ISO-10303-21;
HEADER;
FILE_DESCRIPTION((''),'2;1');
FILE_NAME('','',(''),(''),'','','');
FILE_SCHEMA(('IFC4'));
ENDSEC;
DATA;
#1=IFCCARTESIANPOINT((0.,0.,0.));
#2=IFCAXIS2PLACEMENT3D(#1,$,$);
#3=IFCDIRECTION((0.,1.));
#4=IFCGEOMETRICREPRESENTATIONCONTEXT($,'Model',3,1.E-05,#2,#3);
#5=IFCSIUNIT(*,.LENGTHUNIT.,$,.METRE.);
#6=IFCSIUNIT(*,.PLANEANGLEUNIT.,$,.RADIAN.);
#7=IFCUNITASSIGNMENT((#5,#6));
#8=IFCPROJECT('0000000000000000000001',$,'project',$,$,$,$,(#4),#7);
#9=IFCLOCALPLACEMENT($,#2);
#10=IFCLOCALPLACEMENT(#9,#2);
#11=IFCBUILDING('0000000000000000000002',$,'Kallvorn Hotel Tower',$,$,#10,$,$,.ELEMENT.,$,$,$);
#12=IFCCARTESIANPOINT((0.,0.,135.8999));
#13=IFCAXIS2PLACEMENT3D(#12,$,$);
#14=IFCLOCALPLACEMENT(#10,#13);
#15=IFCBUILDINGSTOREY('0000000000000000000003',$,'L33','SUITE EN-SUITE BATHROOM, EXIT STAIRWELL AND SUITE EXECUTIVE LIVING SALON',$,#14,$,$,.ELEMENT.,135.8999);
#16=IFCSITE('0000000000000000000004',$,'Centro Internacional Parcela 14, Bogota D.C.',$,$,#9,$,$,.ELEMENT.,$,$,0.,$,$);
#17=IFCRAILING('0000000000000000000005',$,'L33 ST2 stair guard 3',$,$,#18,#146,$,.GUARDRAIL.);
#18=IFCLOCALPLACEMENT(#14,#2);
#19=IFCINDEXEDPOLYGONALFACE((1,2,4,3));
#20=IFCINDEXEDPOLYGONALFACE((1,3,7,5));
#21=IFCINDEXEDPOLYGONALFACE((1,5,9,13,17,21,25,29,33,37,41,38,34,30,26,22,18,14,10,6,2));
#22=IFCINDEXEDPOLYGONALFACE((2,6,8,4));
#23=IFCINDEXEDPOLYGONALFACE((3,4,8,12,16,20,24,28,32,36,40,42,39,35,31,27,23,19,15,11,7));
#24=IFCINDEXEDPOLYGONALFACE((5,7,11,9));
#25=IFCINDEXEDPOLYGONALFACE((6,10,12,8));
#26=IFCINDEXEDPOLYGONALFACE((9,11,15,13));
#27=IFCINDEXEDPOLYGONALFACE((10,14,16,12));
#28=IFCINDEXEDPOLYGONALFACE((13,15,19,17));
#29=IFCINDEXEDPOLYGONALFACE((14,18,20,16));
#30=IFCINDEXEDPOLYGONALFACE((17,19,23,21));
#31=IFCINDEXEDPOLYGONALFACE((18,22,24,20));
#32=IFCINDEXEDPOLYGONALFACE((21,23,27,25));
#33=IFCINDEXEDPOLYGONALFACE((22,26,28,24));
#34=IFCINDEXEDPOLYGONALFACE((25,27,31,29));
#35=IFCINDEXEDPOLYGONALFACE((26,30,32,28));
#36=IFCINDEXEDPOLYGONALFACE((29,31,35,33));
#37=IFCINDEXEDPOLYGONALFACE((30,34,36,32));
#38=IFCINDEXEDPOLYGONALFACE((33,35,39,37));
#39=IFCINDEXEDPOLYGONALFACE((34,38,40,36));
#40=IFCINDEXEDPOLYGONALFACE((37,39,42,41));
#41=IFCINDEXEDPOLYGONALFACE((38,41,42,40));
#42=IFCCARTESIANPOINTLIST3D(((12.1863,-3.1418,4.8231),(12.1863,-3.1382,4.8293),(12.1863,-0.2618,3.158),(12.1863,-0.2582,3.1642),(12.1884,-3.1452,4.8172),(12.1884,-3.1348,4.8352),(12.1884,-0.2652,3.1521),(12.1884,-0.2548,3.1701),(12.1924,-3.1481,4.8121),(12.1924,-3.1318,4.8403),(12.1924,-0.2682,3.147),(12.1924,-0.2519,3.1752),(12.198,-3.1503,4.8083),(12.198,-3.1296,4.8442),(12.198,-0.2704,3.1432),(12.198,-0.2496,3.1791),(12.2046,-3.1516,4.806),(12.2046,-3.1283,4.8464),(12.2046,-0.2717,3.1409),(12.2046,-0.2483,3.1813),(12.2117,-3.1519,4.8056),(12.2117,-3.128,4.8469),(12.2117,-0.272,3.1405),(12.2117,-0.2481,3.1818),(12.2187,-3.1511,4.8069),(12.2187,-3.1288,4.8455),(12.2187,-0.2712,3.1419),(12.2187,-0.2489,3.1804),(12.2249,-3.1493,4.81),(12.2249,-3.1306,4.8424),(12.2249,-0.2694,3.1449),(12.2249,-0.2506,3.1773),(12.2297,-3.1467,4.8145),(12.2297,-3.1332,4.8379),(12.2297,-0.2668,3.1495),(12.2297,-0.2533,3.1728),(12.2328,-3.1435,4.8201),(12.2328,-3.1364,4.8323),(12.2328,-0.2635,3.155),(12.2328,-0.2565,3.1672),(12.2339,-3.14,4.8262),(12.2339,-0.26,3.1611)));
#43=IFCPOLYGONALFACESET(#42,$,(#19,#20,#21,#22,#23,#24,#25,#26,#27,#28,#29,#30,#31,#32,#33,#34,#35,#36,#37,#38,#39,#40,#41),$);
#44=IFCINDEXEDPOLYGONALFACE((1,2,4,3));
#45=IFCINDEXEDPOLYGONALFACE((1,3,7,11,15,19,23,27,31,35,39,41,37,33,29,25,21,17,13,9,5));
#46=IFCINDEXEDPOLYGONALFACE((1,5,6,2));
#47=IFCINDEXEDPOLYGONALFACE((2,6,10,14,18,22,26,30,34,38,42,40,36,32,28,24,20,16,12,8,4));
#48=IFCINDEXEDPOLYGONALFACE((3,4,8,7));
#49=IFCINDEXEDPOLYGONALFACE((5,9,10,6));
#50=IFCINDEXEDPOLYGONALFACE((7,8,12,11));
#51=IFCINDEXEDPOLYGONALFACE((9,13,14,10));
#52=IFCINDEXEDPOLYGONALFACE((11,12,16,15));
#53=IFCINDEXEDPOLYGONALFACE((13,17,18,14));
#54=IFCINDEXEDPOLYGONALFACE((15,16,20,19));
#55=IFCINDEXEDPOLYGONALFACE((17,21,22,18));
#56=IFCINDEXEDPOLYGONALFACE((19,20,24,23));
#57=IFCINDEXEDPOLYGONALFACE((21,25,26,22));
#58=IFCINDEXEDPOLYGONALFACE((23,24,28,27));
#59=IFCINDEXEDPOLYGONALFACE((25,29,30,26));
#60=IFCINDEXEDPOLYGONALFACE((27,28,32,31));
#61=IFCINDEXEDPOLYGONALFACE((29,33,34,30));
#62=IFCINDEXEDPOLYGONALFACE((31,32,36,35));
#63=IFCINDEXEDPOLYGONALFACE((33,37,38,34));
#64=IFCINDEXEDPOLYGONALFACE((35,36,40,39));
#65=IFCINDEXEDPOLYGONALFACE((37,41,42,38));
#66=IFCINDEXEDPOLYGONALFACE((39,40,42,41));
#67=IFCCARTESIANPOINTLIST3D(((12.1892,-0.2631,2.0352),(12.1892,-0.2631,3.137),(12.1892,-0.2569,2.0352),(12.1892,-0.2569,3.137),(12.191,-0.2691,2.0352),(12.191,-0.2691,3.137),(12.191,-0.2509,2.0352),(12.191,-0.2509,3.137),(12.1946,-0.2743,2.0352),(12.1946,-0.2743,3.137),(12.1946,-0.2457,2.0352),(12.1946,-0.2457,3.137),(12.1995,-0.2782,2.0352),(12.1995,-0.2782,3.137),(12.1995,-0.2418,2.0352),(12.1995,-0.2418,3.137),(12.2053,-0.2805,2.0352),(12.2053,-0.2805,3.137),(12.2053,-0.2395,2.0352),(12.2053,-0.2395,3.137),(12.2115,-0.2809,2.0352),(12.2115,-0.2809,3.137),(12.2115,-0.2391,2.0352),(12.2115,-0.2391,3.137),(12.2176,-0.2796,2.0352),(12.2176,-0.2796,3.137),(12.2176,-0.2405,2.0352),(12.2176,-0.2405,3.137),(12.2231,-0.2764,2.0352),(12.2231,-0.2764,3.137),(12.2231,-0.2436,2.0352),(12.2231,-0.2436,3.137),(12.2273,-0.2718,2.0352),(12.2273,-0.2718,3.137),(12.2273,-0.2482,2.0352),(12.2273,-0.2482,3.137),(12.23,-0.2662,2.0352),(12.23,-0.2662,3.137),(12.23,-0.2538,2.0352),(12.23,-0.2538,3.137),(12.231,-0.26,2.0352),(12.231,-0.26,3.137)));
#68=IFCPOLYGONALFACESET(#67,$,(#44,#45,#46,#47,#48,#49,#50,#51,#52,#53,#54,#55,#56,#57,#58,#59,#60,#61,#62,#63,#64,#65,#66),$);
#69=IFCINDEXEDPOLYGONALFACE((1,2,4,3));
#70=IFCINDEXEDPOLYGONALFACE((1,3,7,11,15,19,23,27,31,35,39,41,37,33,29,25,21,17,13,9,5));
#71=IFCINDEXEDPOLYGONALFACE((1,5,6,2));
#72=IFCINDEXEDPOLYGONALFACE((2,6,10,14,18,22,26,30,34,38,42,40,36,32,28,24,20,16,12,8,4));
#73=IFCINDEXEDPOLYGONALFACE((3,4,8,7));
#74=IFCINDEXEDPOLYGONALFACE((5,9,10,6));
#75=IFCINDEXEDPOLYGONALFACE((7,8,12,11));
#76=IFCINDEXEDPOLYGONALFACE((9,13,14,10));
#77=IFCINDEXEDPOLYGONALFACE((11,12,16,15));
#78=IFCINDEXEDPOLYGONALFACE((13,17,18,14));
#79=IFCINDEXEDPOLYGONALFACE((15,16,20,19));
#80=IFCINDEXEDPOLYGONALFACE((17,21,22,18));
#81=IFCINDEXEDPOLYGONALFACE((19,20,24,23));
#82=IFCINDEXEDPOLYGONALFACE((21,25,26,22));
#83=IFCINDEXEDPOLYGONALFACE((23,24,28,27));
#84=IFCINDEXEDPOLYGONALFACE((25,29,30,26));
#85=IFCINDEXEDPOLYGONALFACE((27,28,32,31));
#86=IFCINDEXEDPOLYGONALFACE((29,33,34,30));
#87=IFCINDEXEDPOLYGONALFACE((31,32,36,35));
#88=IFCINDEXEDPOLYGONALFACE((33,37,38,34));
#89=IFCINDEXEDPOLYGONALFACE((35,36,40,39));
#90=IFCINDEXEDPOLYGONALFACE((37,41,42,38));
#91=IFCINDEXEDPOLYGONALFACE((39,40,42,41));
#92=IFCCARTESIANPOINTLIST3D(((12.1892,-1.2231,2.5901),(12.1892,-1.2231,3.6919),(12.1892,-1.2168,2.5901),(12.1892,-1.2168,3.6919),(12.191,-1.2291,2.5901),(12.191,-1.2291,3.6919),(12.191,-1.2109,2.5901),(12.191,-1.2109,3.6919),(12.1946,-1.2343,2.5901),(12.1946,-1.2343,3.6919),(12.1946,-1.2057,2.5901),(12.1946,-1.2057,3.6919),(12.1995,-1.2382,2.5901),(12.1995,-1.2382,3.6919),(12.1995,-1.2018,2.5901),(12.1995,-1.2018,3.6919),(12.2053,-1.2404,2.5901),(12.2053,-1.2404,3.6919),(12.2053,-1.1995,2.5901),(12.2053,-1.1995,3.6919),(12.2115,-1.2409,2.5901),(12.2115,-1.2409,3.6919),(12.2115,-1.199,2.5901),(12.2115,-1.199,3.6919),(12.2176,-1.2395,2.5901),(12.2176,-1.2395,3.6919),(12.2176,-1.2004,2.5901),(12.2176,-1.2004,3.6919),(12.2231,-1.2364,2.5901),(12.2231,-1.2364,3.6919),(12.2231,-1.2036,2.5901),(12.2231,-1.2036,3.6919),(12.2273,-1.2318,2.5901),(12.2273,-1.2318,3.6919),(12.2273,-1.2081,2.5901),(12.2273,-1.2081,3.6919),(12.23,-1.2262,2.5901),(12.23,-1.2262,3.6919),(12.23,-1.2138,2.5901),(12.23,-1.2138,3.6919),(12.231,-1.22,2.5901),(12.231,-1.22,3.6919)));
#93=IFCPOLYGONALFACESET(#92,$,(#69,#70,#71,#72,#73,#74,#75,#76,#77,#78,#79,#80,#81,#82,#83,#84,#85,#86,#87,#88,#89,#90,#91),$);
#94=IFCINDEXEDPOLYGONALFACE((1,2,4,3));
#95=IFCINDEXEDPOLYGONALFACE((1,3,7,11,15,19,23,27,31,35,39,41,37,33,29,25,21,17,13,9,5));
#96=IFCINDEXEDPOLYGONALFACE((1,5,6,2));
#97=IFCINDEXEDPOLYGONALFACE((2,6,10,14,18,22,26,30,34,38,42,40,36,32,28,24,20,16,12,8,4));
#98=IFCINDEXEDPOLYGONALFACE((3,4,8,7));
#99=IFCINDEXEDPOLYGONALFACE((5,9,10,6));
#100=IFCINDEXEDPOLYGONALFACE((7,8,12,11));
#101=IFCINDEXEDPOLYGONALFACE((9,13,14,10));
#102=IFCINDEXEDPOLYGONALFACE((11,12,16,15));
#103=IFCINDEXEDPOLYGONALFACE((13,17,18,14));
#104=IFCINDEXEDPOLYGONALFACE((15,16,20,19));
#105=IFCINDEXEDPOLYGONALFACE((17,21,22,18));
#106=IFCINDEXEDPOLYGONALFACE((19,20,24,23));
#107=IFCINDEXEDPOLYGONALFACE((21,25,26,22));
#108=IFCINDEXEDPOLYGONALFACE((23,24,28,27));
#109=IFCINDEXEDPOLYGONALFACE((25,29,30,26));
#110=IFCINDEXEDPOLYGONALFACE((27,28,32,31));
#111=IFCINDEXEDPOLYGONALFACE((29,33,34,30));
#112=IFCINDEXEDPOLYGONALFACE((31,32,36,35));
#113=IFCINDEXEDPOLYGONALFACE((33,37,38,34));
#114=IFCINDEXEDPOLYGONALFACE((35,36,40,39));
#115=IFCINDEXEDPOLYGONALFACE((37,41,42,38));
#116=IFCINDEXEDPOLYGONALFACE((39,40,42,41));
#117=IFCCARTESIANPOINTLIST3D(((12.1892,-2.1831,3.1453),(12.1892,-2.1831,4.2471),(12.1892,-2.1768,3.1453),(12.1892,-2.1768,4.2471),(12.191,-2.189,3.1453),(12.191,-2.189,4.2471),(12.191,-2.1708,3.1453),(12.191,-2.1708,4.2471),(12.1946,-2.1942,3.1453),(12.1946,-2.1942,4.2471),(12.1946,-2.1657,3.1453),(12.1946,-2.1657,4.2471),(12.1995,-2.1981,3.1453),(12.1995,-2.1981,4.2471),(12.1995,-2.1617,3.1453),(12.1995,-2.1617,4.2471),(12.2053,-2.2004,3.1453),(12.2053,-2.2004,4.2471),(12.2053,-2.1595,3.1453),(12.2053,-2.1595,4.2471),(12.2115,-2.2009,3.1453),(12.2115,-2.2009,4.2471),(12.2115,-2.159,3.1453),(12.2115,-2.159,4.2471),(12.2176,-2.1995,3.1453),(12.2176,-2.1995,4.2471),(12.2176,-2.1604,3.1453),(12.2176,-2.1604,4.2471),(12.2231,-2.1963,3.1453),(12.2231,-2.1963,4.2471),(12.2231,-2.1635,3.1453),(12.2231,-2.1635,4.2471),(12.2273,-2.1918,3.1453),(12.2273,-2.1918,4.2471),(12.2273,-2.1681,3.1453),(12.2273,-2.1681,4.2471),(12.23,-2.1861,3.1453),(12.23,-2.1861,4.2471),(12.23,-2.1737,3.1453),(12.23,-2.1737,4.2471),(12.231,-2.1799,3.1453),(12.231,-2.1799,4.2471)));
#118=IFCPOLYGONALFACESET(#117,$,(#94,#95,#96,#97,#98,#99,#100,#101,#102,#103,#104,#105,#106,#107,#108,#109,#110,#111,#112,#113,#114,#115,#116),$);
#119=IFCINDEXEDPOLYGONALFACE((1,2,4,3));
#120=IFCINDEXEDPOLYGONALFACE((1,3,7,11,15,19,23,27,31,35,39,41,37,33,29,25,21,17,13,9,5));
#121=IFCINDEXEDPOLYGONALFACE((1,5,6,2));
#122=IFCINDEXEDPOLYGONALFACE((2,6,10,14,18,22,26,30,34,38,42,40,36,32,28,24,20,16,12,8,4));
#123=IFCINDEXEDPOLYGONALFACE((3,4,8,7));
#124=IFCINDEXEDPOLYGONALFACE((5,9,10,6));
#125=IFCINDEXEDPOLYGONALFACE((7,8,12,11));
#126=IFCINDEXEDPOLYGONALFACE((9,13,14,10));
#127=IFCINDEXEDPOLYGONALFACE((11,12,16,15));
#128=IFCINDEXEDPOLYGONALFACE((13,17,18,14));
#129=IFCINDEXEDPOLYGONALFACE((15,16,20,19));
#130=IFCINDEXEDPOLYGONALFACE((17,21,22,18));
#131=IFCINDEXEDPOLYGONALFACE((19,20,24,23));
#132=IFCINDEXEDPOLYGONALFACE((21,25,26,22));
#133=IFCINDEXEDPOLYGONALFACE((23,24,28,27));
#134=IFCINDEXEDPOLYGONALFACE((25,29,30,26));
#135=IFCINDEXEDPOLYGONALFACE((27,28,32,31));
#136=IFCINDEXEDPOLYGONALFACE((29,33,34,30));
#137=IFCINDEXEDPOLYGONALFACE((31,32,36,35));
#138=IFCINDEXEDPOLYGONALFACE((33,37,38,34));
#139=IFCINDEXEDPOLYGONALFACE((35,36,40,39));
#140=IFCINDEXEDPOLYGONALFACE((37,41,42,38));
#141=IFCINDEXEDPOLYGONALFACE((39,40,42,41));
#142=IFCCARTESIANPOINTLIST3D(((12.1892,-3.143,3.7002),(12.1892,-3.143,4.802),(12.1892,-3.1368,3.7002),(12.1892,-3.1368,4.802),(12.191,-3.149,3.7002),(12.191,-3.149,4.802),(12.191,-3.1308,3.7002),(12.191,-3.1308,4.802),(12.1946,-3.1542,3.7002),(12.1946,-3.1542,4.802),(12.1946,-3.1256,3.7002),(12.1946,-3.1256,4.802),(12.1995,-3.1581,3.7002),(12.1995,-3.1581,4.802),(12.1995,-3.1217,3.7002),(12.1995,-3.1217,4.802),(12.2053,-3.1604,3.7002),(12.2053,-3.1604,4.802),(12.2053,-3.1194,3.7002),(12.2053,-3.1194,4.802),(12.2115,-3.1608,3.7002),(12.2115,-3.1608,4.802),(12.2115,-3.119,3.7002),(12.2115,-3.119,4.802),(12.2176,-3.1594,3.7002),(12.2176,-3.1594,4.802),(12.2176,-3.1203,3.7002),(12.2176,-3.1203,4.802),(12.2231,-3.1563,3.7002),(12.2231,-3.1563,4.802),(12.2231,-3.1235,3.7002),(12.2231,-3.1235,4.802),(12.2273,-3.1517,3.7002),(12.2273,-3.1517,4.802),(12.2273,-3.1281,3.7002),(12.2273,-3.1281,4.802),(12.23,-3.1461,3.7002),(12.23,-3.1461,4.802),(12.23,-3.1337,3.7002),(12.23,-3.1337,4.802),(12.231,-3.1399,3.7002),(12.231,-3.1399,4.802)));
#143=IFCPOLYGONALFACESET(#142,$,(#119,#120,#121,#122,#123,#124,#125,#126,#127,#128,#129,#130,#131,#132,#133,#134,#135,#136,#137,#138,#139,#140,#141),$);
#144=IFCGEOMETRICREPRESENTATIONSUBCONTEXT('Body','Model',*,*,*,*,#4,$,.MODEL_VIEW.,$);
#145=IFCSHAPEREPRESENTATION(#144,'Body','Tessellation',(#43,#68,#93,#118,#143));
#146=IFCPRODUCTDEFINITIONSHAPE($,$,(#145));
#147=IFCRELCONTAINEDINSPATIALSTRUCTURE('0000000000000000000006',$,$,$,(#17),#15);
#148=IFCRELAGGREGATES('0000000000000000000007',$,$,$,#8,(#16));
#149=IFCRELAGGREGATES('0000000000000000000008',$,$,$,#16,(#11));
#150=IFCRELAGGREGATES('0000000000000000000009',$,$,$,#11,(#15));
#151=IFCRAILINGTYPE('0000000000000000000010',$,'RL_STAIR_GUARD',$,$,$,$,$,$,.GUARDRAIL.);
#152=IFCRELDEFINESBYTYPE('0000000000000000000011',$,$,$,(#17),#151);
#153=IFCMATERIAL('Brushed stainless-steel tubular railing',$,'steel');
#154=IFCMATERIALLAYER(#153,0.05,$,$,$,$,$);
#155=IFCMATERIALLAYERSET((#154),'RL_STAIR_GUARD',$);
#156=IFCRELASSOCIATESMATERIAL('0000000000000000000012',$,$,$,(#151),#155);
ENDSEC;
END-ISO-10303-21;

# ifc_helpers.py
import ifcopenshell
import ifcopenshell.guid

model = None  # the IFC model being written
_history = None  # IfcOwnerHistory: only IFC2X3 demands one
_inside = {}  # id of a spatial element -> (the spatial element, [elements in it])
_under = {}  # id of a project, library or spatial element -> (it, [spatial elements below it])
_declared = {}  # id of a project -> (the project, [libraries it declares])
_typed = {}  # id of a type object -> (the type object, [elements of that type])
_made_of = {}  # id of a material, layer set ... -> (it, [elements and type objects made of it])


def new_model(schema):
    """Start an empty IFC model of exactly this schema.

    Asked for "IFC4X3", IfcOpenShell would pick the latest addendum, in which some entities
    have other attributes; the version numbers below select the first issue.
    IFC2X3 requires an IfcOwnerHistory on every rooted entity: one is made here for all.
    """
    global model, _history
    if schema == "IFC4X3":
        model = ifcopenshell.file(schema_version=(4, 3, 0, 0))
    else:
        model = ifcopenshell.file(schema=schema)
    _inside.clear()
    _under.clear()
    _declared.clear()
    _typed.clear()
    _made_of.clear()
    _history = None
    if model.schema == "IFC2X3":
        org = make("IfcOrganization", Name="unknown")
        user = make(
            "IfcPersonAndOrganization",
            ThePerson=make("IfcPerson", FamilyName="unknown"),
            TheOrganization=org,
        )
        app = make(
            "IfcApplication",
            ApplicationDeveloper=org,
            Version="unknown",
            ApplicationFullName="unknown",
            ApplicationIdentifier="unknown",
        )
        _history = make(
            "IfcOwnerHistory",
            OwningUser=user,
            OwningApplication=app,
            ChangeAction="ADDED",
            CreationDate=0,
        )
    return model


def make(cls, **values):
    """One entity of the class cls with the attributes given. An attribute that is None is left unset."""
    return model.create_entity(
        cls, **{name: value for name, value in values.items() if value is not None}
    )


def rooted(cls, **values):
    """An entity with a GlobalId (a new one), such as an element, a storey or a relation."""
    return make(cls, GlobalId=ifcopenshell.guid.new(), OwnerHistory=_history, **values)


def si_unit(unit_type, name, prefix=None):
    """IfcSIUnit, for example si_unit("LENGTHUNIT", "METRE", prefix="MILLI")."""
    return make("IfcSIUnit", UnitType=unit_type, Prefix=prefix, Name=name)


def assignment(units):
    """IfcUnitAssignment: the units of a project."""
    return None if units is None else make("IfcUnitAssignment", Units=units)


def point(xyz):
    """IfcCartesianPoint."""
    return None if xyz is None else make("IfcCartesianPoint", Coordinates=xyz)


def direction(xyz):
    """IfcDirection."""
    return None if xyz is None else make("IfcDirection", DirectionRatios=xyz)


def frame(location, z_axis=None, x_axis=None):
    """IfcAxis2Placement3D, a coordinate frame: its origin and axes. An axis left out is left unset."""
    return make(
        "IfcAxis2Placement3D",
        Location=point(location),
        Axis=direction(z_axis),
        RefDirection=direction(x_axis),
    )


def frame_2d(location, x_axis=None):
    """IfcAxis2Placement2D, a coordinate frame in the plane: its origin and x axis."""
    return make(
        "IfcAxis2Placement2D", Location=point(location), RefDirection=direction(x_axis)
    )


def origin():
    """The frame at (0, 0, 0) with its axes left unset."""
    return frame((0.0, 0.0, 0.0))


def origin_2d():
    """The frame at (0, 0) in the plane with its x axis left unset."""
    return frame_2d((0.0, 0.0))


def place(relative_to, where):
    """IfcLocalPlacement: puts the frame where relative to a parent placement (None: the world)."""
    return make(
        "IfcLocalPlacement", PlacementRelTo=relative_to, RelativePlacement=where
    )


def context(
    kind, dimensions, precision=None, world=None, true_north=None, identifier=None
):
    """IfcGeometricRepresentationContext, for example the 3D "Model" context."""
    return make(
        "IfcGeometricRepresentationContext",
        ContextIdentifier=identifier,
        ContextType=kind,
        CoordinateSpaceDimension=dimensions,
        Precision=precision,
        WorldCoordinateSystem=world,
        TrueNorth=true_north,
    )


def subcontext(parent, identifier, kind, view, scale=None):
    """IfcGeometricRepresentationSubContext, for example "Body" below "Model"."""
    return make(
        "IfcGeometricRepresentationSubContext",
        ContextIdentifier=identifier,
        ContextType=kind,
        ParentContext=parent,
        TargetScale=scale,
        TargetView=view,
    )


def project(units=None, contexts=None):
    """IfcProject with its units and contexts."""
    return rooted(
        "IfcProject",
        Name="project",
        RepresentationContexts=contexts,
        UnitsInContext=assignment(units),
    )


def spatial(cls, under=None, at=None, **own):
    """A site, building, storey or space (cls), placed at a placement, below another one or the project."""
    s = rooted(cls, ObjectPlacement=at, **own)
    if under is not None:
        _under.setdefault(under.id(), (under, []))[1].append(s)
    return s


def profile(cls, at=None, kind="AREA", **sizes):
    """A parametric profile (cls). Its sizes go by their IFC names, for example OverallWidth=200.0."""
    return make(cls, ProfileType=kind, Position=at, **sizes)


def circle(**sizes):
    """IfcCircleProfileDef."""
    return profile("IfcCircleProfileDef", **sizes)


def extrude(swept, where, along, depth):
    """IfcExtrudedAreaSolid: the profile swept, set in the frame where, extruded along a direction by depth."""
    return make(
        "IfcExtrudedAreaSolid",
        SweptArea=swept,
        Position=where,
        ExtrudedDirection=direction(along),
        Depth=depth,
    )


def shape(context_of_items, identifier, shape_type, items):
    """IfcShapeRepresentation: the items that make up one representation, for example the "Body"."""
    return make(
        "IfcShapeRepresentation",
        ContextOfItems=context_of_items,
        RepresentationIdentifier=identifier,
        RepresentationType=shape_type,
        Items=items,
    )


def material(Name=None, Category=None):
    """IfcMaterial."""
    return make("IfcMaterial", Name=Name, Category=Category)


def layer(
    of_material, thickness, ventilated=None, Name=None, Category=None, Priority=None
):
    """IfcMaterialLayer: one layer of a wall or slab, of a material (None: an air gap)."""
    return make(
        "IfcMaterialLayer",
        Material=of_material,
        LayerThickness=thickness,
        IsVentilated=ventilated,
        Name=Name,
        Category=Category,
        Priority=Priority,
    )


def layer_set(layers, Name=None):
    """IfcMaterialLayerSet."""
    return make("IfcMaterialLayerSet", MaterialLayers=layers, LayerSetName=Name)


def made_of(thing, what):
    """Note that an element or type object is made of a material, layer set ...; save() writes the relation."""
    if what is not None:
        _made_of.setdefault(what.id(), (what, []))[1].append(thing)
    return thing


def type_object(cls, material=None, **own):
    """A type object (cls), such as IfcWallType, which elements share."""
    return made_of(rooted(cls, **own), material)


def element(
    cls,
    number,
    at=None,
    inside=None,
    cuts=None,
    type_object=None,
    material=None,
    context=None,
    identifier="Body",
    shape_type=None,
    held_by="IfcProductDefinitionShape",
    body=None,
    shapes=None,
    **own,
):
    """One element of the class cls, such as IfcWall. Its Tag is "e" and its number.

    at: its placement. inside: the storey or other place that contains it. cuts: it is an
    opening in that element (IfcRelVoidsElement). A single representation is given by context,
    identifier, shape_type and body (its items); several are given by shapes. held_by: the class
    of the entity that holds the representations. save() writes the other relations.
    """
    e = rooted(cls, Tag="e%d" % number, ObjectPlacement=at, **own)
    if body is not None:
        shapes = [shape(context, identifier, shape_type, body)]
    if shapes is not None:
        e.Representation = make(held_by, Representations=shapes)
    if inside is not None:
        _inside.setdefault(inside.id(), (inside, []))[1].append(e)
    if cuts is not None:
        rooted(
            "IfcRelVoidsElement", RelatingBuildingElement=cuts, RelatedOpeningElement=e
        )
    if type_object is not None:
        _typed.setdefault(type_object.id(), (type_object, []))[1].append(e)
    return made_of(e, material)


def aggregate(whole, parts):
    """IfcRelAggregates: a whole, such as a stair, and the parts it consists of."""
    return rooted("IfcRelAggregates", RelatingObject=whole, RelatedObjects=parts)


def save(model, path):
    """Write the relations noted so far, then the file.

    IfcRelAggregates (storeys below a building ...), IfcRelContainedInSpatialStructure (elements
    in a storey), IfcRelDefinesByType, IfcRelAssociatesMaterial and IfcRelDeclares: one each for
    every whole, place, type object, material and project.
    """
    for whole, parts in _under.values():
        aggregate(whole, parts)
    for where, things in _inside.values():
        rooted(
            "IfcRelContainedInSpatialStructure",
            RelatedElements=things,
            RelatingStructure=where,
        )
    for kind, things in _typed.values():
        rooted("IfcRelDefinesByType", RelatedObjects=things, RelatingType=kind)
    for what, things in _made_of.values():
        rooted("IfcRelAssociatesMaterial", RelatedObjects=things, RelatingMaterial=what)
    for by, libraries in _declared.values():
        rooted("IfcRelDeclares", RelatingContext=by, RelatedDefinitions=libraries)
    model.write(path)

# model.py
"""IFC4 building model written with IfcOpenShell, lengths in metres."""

from ifc_helpers import new_model, si_unit, direction, frame, origin, origin_2d, place, context, subcontext, project, spatial, circle, extrude, material, layer, layer_set, type_object, element, save


model = new_model("IFC4")

# Units and contexts
model_context = context("Model", 3, precision=1e-05, world=origin(), true_north=direction((0.0, 1.0)))
body_context = subcontext(model_context, "Body", "Model", "MODEL_VIEW")
ifc_project = project(units=[si_unit("LENGTHUNIT", "METRE"), si_unit("PLANEANGLEUNIT", "RADIAN")], contexts=[model_context])

# Site, building, storey
site_placement = place(None, origin())
site = spatial("IfcSite", under=ifc_project, at=site_placement, Name="Centro Internacional Parcela 14, Bogota D.C.", CompositionType="ELEMENT", RefElevation=0.0)
building_placement = place(site_placement, origin())
building = spatial("IfcBuilding", under=site, at=building_placement, Name="Kallvorn Hotel Tower", CompositionType="ELEMENT")
storey_placement = place(building_placement, frame((0.0, 0.0, 135.8999)))
storey = spatial("IfcBuildingStorey", under=building, at=storey_placement, Name="L33", Description="SUITE EN-SUITE BATHROOM, EXIT STAIRWELL AND SUITE EXECUTIVE LIVING SALON", CompositionType="ELEMENT", Elevation=135.8999)

# Railing
ifc_material_1 = material(Name="Brushed stainless-steel tubular railing", Category="steel")
ifc_layer_1 = layer(ifc_material_1, 0.05)
ifc_layer_set_1 = layer_set([ifc_layer_1], Name="RL_STAIR_GUARD")
railing_type_1 = type_object("IfcRailingType", Name="RL_STAIR_GUARD", PredefinedType="GUARDRAIL", material=ifc_layer_set_1)
railing_1_placement = place(storey_placement, frame((12.21, -0.26, 2.0352)))
element("IfcRailing", 1, at=railing_1_placement, inside=storey, type_object=railing_type_1, Name="L33 ST2 stair guard 3", PredefinedType="GUARDRAIL", context=body_context, shape_type="SweptSolid", body=[
    extrude(circle(Radius=0.0239, at=origin_2d()), frame((0.0, 0.0, 1.126), z_axis=(0.0, -0.865721, 0.500527), x_axis=(1.0, 0.0, 0.0)), (0.0, 0.0, 1.0), 3.3267),
    extrude(circle(Radius=0.021, at=origin_2d()), origin(), (0.0, 0.0, 1.0), 1.1018),
    extrude(circle(Radius=0.021, at=origin_2d()), frame((0.0, -0.96, 0.5549)), (0.0, 0.0, 1.0), 1.1018),
    extrude(circle(Radius=0.021, at=origin_2d()), frame((0.0, -1.9199, 1.1101)), (0.0, 0.0, 1.0), 1.1018),
    extrude(circle(Radius=0.021, at=origin_2d()), frame((0.0, -2.8799, 1.665)), (0.0, 0.0, 1.0), 1.1018),
])

save(model, "model.ifc")
